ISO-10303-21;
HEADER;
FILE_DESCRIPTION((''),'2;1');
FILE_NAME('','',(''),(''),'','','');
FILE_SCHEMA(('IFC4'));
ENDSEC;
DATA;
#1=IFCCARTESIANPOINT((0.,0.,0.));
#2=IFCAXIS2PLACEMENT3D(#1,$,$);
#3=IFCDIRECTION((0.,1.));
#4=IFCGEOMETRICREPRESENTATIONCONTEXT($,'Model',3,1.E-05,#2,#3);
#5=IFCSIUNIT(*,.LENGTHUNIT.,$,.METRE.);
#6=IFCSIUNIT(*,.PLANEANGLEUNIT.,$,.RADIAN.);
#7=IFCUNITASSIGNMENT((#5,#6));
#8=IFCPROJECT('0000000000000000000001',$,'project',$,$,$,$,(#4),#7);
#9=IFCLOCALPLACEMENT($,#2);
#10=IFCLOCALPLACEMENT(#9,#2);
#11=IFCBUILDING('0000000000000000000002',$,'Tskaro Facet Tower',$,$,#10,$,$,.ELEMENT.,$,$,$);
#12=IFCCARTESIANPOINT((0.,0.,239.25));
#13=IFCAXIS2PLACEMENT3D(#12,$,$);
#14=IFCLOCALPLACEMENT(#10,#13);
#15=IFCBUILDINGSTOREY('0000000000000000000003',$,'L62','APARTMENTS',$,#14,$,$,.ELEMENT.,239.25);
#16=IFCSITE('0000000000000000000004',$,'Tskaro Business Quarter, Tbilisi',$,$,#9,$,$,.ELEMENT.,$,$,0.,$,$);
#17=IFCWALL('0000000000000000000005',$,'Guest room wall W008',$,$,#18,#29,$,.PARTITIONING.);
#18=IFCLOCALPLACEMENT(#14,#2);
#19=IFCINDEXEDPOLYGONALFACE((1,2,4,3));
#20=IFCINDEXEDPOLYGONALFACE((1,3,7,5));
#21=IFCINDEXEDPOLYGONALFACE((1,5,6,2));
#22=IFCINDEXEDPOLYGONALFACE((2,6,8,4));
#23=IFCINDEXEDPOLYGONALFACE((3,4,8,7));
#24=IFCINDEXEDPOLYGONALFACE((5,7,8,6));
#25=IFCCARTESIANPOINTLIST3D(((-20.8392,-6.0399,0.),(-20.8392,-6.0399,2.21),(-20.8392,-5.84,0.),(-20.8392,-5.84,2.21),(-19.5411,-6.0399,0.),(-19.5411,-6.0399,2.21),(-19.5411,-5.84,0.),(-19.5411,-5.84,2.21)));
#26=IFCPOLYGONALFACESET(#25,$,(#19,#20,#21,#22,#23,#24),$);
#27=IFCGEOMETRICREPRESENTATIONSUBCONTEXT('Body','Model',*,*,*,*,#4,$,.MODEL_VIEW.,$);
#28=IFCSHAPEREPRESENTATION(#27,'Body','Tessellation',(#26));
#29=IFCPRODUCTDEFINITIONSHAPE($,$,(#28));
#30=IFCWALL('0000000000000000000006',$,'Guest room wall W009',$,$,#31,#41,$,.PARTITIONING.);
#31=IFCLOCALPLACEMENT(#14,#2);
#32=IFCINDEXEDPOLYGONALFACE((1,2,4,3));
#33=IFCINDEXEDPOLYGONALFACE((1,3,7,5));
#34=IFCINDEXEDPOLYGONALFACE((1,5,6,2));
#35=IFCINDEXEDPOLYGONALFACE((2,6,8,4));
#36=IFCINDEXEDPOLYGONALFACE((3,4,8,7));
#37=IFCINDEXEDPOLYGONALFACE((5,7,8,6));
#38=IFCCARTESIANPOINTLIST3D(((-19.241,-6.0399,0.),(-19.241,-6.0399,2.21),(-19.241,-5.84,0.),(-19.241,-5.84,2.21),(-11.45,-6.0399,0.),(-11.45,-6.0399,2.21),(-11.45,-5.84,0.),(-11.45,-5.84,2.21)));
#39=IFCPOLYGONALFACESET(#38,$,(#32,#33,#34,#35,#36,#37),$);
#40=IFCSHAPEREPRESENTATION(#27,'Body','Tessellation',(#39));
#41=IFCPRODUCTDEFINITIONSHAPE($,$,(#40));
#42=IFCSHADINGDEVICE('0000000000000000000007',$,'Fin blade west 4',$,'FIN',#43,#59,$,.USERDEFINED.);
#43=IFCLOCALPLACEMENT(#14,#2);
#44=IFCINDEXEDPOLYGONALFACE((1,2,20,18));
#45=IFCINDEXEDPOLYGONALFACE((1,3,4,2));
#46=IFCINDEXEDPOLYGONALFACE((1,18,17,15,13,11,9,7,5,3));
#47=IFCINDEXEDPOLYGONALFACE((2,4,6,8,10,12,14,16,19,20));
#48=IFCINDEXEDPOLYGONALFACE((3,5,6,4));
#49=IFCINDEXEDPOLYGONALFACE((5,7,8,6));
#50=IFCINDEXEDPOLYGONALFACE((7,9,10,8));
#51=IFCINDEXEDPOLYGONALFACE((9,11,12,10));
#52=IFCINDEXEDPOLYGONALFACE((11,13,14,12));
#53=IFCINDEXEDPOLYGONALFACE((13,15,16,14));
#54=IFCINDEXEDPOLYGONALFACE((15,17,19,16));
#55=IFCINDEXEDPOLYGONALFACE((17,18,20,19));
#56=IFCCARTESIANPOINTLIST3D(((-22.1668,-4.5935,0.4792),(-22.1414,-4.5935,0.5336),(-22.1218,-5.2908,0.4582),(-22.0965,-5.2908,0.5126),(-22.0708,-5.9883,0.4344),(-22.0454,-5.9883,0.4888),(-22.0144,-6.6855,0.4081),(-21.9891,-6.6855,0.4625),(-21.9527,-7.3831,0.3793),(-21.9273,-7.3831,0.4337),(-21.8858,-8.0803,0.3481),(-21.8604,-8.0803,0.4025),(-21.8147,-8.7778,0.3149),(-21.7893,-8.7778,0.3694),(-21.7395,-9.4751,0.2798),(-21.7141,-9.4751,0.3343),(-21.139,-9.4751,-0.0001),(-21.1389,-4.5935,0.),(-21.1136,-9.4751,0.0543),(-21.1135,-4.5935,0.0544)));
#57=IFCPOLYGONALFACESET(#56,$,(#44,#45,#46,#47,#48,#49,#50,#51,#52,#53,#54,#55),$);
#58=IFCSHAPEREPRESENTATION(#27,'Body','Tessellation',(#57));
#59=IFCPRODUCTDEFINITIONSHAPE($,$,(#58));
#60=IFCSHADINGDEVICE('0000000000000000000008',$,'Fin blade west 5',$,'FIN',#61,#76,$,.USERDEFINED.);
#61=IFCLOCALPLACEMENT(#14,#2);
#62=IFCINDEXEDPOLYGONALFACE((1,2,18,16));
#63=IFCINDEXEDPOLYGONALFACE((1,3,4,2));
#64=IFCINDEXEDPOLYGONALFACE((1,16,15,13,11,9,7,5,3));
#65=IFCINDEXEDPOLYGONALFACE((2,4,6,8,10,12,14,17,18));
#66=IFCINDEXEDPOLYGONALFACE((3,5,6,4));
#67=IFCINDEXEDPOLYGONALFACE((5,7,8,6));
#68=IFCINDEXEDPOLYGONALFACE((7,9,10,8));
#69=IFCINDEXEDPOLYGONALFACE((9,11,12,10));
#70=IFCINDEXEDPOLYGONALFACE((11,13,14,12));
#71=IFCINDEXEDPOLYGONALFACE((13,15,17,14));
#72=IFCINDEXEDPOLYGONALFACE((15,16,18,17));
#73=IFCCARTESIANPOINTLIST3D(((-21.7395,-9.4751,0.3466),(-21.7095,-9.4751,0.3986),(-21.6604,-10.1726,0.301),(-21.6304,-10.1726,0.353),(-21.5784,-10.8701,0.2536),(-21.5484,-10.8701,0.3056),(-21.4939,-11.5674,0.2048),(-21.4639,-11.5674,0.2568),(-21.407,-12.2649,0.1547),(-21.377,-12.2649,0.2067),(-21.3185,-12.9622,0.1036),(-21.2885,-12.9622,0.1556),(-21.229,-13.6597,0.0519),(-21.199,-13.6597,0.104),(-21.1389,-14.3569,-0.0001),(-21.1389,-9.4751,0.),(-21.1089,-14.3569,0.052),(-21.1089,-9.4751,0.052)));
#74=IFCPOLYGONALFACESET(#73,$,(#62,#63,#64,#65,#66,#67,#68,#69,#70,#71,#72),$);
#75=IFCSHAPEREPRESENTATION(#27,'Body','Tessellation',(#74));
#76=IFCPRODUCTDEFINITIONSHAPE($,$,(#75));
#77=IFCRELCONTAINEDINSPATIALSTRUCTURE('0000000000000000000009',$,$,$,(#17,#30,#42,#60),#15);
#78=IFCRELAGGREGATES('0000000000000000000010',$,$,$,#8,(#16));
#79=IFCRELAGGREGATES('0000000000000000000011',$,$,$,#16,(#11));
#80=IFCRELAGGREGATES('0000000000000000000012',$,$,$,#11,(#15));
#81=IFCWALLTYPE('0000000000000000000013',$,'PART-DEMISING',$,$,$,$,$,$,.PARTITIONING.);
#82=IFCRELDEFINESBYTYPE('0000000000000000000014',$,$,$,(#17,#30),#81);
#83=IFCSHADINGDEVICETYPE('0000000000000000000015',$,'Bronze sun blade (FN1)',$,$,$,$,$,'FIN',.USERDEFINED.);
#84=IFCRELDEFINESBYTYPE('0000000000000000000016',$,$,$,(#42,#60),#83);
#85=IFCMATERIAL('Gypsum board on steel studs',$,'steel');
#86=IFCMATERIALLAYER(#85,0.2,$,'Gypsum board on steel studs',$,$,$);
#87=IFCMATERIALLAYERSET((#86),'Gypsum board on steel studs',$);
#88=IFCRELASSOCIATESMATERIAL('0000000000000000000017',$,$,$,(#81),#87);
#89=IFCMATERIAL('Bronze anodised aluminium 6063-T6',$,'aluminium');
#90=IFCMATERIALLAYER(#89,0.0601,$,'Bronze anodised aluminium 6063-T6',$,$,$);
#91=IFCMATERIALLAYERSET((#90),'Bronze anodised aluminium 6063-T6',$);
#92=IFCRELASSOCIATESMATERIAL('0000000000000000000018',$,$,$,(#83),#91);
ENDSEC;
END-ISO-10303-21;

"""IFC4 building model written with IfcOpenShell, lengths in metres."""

from ifc_helpers import new_model, si_unit, direction, frame, frame_2d, origin, place, context, subcontext, project, spatial, polyline, rectangle, outline, extrude, material, layer, layer_set, type_object, element, save


model = new_model("IFC4")

# Units and contexts
model_context = context("Model", 3, precision=1e-05, world=origin(), true_north=direction((0.0, 1.0)))
body_context = subcontext(model_context, "Body", "Model", "MODEL_VIEW")
ifc_project = project(units=[si_unit("LENGTHUNIT", "METRE"), si_unit("PLANEANGLEUNIT", "RADIAN")], contexts=[model_context])

# Site, building, storey
site_placement = place(None, origin())
site = spatial("IfcSite", under=ifc_project, at=site_placement, Name="Tskaro Business Quarter, Tbilisi", CompositionType="ELEMENT", RefElevation=0.0)
building_placement = place(site_placement, origin())
building = spatial("IfcBuilding", under=site, at=building_placement, Name="Tskaro Facet Tower", CompositionType="ELEMENT")
storey_placement = place(building_placement, frame((0.0, 0.0, 239.25)))
storey = spatial("IfcBuildingStorey", under=building, at=storey_placement, Name="L62", Description="APARTMENTS", CompositionType="ELEMENT", Elevation=239.25)

# Shared definitions
ifc_material_1 = material(Name="Bronze anodised aluminium 6063-T6", Category="aluminium")

# Shared definitions
ifc_material_2 = material(Name="Gypsum board on steel studs", Category="steel")

# Walls
ifc_layer_1 = layer(ifc_material_2, 0.2, Name="Gypsum board on steel studs")
ifc_layer_set_1 = layer_set([ifc_layer_1], Name="Gypsum board on steel studs")
wall_type_1 = type_object("IfcWallType", Name="PART-DEMISING", PredefinedType="PARTITIONING", material=ifc_layer_set_1)
wall_1_placement = place(storey_placement, frame((-20.8391, -5.9399, 0.0), z_axis=(0.0, 0.0, 1.0), x_axis=(1.0, 0.0, 0.0)))
element("IfcWall", 1, at=wall_1_placement, inside=storey, type_object=wall_type_1, Name="Guest room wall W008", PredefinedType="PARTITIONING", context=body_context, shape_type="SweptSolid", body=[
    extrude(rectangle(XDim=1.2981, YDim=0.2, at=frame_2d((0.6489, 0.0))), origin(), (0.0, 0.0, 1.0), 2.21),
])
wall_2_placement = place(storey_placement, frame((-19.241, -5.9399, 0.0), z_axis=(0.0, 0.0, 1.0), x_axis=(1.0, 0.0, 0.0)))
element("IfcWall", 2, at=wall_2_placement, inside=storey, type_object=wall_type_1, Name="Guest room wall W009", PredefinedType="PARTITIONING", context=body_context, shape_type="SweptSolid", body=[
    extrude(rectangle(XDim=7.791, YDim=0.2, at=frame_2d((3.8955, 0.0))), origin(), (0.0, 0.0, 1.0), 2.21),
])

# Shading devices
ifc_layer_2 = layer(ifc_material_1, 0.0601, Name="Bronze anodised aluminium 6063-T6")
ifc_layer_set_2 = layer_set([ifc_layer_2], Name="Bronze anodised aluminium 6063-T6")
shading_device_type = type_object("IfcShadingDeviceType", Name="Bronze sun blade (FN1)", ElementType="FIN", PredefinedType="USERDEFINED", material=ifc_layer_set_2)
shading_device_1_placement = place(storey_placement, frame((-21.1135, -4.5935, 0.0544), z_axis=(0.422511, -0.000026, 0.906358), x_axis=(-0.000011, -1.0, -0.000023)))
element("IfcShadingDevice", 3, at=shading_device_1_placement, inside=storey, type_object=shading_device_type, Name="Fin blade west 4", ObjectType="FIN", PredefinedType="USERDEFINED", context=body_context, shape_type="SweptSolid", body=[
    extrude(outline(polyline([(0.0, 0.0), (4.8816, 0.0), (4.8816, -0.6626), (4.1843, -0.7456), (3.4868, -0.824), (2.7896, -0.8978), (2.092, -0.966), (1.3948, -1.0281), (0.6973, -1.0845), (0.0, -1.1341), (0.0, 0.0)])), origin(), (0.0, 0.0, -1.0), 0.0601),
])
shading_device_2_placement = place(storey_placement, frame((-21.1089, -9.4751, 0.052), z_axis=(0.499856, -0.000012, 0.866109), x_axis=(-0.000006, -1.0, -0.00001)))
element("IfcShadingDevice", 4, at=shading_device_2_placement, inside=storey, type_object=shading_device_type, Name="Fin blade west 5", ObjectType="FIN", PredefinedType="USERDEFINED", context=body_context, shape_type="SweptSolid", body=[
    extrude(outline(polyline([(0.0, 0.0), (4.8818, 0.0), (4.1846, -0.104), (3.4871, -0.2074), (2.7898, -0.3095), (2.0923, -0.4098), (1.395, -0.5074), (0.6975, -0.6021), (0.0, -0.6935), (0.0, 0.0)])), origin(), (0.0, 0.0, -1.0), 0.0601),
])

save(model, "model.ifc")
